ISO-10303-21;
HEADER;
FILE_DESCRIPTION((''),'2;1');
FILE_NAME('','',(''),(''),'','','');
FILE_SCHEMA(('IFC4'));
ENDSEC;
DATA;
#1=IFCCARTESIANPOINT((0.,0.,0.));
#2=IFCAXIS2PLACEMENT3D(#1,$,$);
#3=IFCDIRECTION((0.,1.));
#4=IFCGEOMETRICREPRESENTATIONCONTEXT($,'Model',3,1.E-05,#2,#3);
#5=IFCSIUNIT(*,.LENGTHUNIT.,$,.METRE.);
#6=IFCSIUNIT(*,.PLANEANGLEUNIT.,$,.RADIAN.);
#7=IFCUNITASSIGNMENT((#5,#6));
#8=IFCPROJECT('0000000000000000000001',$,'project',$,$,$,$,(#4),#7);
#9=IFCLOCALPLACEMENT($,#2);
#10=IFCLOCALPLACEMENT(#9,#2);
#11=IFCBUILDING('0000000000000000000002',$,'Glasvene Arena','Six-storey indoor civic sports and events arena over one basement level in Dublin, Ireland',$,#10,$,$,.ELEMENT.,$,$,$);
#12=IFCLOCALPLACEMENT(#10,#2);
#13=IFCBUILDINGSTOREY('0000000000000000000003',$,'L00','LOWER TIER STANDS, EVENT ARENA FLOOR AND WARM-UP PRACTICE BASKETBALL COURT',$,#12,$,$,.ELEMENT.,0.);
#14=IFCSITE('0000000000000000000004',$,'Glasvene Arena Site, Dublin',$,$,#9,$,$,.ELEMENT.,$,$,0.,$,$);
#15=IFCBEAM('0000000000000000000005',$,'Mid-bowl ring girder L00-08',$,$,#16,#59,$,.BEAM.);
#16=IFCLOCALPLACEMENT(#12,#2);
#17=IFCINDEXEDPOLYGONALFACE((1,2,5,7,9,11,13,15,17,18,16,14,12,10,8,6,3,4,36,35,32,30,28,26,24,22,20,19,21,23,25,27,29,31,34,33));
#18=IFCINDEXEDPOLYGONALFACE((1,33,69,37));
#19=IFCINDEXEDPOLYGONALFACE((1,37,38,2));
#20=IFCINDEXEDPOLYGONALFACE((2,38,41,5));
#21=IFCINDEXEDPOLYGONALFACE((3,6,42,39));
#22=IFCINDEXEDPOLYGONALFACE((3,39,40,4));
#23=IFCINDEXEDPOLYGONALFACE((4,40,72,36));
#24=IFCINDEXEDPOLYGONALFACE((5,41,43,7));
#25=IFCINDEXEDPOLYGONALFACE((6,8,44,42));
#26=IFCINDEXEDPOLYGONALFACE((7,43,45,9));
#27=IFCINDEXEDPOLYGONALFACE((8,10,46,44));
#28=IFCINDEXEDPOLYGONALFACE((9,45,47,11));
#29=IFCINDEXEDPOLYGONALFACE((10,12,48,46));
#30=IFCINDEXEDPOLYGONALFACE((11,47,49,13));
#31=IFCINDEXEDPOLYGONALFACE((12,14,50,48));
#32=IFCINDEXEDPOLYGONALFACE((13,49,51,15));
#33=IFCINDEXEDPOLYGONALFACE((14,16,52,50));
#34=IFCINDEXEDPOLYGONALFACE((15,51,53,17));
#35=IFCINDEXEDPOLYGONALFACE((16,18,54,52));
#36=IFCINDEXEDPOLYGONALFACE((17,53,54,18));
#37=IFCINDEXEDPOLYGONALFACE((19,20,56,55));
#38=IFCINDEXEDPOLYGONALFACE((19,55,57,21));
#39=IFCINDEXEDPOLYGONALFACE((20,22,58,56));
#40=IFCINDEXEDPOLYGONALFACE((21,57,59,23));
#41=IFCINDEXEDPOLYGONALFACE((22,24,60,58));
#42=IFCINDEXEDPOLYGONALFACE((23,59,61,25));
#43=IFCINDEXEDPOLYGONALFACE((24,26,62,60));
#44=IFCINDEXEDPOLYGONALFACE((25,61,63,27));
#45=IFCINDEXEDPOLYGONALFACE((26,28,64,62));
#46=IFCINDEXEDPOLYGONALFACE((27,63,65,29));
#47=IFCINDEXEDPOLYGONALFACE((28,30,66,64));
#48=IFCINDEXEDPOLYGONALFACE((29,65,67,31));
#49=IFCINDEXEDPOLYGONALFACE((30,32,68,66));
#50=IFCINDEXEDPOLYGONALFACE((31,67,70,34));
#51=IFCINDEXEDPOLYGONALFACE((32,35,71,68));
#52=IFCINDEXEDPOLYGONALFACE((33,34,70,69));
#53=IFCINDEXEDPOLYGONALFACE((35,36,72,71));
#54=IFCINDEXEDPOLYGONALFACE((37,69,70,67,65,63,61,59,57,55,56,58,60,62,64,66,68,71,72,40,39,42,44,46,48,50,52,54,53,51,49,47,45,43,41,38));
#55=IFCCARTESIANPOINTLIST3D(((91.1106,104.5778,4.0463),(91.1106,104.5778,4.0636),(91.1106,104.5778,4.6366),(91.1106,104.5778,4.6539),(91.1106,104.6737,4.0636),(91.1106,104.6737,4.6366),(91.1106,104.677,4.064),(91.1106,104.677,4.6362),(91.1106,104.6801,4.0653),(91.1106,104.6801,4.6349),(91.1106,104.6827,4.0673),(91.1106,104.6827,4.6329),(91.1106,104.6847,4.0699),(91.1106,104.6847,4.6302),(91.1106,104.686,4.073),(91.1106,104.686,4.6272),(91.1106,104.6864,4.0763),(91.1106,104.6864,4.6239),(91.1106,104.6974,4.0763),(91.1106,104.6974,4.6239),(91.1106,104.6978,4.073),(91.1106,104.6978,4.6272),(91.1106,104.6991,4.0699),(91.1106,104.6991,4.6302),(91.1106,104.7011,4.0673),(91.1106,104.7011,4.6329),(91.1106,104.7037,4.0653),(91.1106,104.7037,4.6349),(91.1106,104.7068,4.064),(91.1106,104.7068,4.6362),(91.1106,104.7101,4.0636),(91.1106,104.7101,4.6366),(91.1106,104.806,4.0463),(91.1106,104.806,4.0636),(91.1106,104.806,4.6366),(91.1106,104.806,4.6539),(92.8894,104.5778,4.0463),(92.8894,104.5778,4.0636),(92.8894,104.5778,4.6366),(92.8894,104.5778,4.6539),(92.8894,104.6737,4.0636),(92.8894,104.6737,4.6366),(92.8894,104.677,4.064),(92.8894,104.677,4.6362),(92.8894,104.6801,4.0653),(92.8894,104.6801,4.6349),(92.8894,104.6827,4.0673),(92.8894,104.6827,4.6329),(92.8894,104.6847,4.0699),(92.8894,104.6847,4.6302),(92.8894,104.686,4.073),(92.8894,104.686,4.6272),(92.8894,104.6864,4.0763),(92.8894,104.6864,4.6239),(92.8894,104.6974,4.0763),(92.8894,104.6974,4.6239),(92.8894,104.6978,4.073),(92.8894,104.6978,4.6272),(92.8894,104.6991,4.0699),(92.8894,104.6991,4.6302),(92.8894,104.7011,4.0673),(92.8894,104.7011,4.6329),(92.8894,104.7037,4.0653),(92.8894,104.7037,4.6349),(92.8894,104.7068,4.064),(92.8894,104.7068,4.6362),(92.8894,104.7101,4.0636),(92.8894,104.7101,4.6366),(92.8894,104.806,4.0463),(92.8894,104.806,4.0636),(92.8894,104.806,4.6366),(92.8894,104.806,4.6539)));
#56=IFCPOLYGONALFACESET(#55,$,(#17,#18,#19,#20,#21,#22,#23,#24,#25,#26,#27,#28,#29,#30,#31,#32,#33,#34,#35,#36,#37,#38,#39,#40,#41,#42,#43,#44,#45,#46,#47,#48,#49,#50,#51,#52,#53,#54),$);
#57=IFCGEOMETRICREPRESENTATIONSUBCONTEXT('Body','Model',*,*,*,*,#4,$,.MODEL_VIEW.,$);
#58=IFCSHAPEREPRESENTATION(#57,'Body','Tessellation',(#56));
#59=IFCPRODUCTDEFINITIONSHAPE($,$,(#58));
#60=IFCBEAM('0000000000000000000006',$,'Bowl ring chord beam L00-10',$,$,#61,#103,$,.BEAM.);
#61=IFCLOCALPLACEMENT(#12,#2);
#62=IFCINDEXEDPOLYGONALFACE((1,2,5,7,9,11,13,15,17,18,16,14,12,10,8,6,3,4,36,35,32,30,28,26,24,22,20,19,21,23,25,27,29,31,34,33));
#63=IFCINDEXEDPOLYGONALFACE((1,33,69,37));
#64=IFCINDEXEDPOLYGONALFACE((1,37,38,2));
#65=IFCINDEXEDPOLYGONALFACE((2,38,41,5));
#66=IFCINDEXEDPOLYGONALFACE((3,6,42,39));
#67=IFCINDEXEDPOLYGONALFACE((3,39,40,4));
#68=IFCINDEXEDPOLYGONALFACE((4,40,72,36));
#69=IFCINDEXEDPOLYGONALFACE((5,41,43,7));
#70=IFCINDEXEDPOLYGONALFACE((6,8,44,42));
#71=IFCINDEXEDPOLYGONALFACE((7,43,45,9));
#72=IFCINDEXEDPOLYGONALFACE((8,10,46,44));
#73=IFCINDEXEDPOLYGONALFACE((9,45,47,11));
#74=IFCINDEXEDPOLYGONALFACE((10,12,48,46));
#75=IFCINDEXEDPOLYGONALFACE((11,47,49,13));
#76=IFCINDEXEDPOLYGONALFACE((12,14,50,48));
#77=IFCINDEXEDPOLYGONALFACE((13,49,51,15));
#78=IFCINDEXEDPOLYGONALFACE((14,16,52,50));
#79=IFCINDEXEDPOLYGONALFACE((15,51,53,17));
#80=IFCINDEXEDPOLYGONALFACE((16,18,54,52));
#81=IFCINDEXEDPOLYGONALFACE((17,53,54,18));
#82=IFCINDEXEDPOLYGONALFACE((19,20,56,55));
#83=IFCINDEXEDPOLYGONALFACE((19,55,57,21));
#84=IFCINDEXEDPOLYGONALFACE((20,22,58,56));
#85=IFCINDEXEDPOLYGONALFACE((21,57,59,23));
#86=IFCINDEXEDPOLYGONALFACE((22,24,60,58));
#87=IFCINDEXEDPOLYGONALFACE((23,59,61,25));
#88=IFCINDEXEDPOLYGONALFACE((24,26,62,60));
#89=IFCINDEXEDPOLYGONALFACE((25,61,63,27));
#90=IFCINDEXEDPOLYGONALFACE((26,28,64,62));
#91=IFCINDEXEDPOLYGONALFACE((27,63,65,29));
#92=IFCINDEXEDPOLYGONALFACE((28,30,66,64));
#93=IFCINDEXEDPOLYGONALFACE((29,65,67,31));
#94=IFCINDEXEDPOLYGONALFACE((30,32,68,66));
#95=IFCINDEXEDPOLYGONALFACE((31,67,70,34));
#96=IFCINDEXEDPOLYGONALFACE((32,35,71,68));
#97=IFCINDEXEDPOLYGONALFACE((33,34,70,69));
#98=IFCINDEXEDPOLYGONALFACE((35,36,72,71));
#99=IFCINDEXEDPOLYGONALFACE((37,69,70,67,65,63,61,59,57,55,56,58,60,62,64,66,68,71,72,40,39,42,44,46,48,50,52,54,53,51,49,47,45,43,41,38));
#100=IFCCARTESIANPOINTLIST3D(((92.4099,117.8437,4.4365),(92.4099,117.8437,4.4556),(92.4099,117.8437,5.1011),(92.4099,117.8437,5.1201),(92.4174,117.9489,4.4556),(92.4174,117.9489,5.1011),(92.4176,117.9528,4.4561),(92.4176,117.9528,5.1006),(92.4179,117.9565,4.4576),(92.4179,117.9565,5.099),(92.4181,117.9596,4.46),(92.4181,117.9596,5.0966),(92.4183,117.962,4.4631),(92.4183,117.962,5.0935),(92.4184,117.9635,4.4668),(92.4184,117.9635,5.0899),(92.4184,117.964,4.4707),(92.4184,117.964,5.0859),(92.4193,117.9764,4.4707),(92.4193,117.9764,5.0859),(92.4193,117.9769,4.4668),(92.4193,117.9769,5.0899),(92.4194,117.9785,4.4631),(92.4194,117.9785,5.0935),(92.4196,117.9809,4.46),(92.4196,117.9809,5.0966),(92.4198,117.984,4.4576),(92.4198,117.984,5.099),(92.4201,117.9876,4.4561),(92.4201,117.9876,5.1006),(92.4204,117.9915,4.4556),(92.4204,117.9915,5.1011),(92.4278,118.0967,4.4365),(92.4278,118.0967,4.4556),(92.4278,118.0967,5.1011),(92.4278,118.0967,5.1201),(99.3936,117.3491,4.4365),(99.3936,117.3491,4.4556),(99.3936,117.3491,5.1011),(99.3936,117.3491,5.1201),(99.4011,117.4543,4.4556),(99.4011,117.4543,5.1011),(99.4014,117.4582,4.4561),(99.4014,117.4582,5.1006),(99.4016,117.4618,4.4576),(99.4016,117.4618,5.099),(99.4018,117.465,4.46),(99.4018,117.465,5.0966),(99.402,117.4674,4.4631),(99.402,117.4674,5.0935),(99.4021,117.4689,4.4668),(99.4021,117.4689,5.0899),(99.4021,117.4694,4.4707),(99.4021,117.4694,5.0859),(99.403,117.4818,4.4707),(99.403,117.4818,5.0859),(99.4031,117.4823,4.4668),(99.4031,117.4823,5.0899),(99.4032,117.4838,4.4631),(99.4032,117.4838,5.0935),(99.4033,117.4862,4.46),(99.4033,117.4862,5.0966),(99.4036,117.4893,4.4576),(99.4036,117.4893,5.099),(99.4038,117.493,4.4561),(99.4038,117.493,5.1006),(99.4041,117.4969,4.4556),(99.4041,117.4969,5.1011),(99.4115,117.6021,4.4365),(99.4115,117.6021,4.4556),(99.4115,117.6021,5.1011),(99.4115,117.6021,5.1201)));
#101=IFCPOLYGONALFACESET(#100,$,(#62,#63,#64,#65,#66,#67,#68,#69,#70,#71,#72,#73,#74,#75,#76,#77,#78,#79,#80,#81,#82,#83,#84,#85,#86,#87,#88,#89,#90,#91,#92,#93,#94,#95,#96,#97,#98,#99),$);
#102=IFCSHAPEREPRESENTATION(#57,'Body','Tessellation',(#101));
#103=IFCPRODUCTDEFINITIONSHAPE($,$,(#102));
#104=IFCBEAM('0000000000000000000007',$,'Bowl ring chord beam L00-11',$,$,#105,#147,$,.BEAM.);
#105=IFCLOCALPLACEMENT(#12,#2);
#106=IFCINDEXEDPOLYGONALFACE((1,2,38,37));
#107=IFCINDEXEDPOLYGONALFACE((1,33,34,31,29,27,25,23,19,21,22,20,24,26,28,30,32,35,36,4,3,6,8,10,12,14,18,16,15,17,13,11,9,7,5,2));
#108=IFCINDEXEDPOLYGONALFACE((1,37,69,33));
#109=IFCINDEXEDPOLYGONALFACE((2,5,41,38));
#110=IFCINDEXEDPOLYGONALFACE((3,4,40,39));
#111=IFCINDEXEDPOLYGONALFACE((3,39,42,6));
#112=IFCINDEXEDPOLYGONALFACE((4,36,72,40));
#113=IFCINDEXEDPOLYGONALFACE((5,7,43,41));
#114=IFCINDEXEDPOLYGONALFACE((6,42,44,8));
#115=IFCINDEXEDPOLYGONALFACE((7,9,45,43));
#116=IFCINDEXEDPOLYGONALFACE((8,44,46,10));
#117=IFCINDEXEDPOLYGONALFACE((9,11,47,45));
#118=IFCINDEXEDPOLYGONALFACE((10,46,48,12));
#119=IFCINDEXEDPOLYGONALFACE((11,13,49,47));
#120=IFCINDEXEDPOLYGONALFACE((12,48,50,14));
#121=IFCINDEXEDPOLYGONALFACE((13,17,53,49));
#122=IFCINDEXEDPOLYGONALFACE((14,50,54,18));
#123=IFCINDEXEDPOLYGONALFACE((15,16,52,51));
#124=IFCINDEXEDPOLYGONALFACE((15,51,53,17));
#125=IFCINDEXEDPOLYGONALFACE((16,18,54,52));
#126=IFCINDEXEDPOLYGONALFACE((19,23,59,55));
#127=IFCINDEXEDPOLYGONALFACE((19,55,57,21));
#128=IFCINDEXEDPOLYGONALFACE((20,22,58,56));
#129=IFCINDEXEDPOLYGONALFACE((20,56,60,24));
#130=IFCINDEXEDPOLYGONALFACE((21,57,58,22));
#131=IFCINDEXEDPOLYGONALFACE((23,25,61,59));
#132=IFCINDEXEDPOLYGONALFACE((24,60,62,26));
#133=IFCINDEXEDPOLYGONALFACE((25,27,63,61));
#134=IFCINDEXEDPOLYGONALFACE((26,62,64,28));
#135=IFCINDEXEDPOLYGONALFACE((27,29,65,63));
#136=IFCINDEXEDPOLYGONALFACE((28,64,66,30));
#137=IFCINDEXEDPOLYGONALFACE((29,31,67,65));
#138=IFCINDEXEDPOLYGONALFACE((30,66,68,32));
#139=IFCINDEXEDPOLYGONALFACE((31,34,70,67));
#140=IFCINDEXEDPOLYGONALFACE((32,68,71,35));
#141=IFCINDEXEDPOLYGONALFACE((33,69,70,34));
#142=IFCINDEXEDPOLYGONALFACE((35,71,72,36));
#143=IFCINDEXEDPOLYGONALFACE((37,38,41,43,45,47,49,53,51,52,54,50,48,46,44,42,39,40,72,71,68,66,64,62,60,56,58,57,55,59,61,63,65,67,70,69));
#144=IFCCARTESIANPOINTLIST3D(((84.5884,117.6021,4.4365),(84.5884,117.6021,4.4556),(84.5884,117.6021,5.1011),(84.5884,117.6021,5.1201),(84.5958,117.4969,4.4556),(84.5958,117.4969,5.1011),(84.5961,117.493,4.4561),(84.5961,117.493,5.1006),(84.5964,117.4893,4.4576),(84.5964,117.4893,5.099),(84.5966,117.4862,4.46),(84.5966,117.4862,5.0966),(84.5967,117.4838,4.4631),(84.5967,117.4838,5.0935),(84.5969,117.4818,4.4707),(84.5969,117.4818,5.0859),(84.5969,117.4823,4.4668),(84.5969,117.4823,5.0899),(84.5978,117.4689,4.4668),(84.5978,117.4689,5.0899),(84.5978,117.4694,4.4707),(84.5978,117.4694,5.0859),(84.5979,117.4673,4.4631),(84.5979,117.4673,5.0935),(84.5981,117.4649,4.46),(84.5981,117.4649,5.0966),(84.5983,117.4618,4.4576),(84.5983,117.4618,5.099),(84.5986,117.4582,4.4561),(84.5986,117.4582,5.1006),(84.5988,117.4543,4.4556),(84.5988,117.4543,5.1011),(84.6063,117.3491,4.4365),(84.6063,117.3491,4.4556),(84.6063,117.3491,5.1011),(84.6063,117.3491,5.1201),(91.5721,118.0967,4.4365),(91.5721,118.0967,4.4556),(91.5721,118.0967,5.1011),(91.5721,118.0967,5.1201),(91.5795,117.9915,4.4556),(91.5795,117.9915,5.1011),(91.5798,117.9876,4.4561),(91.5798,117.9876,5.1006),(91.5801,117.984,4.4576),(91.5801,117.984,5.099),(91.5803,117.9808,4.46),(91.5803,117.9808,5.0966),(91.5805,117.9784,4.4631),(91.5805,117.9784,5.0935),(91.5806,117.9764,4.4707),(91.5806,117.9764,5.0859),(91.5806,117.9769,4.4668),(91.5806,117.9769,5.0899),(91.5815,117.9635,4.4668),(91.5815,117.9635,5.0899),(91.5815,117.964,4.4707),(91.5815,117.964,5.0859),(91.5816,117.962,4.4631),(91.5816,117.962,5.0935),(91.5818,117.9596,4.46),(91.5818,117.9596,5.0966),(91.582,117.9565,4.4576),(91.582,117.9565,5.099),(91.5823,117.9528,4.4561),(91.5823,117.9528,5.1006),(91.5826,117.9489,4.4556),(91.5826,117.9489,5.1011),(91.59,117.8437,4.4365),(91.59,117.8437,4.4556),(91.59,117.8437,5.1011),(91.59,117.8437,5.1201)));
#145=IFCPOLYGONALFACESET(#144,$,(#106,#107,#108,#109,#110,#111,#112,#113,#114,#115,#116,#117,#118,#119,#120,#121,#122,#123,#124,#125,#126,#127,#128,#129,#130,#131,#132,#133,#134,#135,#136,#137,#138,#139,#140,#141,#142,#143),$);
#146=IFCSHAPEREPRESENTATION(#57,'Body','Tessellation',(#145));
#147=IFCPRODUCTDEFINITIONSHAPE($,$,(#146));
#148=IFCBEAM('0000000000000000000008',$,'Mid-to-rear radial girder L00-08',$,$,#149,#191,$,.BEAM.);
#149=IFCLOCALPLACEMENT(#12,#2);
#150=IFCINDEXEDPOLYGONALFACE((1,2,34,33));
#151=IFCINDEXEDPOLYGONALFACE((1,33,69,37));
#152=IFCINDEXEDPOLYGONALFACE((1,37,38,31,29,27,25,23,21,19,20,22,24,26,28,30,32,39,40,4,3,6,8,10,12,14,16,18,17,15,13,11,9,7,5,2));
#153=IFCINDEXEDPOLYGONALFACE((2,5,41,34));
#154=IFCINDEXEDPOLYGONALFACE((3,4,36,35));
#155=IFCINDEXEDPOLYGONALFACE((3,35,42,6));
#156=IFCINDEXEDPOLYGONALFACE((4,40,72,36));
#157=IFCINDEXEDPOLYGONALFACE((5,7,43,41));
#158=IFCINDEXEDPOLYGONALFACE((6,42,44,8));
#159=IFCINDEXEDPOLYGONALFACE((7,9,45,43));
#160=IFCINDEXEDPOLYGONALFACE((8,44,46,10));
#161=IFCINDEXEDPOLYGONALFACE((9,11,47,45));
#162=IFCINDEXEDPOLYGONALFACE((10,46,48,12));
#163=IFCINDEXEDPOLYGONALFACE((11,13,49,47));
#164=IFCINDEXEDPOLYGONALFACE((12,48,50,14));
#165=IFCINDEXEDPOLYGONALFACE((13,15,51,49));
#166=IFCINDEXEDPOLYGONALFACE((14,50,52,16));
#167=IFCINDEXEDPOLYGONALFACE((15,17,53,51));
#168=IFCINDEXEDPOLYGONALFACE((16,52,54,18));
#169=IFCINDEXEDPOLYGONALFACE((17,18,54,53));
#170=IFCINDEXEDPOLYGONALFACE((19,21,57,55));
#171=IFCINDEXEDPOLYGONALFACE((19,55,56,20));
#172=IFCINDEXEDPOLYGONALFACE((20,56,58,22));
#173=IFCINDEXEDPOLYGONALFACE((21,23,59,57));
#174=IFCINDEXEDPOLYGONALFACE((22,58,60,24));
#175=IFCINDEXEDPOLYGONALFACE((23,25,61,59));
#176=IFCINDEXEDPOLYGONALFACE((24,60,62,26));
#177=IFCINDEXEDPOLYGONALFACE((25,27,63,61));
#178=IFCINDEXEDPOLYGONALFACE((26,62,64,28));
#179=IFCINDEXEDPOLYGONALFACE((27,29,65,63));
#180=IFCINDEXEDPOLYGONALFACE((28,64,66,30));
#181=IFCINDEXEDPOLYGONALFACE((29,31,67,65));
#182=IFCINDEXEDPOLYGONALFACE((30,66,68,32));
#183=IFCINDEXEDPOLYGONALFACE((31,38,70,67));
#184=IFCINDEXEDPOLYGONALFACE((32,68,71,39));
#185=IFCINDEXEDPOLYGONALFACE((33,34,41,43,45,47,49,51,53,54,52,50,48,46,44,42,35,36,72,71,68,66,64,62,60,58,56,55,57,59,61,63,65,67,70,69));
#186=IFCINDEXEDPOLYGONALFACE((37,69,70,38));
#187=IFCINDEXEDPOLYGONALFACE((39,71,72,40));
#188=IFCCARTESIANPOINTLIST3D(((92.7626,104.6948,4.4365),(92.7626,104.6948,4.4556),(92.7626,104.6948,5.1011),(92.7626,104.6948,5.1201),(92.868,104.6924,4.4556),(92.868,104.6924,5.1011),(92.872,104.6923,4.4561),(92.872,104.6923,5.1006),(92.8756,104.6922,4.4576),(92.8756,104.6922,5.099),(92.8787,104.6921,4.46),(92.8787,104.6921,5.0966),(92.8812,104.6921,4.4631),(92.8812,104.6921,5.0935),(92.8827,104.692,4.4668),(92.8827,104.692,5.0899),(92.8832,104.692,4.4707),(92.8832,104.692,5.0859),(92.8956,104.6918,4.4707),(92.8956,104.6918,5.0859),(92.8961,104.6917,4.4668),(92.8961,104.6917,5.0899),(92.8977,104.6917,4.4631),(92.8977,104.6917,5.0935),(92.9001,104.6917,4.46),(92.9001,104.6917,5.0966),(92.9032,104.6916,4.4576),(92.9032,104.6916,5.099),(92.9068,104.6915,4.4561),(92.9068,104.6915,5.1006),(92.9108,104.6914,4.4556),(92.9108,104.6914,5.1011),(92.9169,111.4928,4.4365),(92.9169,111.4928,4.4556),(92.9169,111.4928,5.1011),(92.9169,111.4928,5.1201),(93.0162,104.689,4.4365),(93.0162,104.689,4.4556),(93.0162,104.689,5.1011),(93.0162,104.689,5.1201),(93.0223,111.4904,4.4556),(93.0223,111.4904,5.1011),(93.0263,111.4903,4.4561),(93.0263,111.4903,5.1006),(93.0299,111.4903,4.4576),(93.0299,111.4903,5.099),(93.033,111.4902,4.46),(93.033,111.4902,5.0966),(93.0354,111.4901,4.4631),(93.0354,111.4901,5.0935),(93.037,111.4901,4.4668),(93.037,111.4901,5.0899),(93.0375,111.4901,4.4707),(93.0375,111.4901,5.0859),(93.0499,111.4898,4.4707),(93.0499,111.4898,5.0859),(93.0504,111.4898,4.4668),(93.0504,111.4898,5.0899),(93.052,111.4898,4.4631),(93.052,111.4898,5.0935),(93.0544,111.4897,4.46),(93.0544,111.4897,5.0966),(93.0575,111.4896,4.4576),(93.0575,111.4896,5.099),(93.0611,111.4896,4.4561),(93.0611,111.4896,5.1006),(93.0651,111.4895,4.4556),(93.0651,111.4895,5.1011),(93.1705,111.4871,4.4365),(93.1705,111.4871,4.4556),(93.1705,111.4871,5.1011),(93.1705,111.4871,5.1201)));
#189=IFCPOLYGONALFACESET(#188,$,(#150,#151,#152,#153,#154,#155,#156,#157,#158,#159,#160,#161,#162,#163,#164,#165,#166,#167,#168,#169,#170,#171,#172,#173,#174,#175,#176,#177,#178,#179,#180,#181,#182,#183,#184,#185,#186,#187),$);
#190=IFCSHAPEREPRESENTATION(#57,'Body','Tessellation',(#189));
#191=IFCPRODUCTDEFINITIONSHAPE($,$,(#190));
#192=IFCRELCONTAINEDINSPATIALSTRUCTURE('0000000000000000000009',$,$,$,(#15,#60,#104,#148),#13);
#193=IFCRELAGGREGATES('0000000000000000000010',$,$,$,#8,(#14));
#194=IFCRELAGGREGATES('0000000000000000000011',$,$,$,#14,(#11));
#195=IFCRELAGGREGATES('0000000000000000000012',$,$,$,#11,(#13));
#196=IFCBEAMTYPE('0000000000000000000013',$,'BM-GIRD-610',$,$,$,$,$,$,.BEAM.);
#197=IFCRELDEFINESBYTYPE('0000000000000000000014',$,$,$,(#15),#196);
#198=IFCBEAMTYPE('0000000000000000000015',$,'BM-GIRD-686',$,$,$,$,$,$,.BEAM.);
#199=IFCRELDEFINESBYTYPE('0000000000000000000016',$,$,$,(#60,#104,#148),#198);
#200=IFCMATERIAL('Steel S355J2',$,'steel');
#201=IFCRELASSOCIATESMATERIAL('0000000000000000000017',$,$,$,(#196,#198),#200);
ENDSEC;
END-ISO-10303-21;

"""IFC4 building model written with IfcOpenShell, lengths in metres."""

from ifc_helpers import new_model, si_unit, direction, frame, origin, origin_2d, place, context, subcontext, project, spatial, i_section, extrude, material, material_profile, profile_set, type_object, element, save


model = new_model("IFC4")

# Units and contexts
model_context = context("Model", 3, precision=1e-05, world=origin(), true_north=direction((0.0, 1.0)))
body_context = subcontext(model_context, "Body", "Model", "MODEL_VIEW")
ifc_project = project(units=[si_unit("LENGTHUNIT", "METRE"), si_unit("PLANEANGLEUNIT", "RADIAN")], contexts=[model_context])

# Site, building, storey
site_placement = place(None, origin())
site = spatial("IfcSite", under=ifc_project, at=site_placement, Name="Glasvene Arena Site, Dublin", CompositionType="ELEMENT", RefElevation=0.0)
building_placement = place(site_placement, origin())
building = spatial("IfcBuilding", under=site, at=building_placement, Name="Glasvene Arena", Description="Six-storey indoor civic sports and events arena over one basement level in Dublin, Ireland", CompositionType="ELEMENT")
storey_placement = place(building_placement, origin())
storey = spatial("IfcBuildingStorey", under=building, at=storey_placement, Name="L00", Description="LOWER TIER STANDS, EVENT ARENA FLOOR AND WARM-UP PRACTICE BASKETBALL COURT", CompositionType="ELEMENT", Elevation=0.0)

# Shared definitions
ifc_material_1 = material(Name="Steel S355J2", Category="steel")

# Beams
ifc_material_profile_1 = material_profile(ifc_material_1, i_section(OverallWidth=0.2283, OverallDepth=0.6077, WebThickness=0.011, FlangeThickness=0.0173, FilletRadius=0.0127, at=origin_2d()), Name="UKB 610x229x113")
ifc_profile_set_1 = profile_set([ifc_material_profile_1], Name="Steel S355J2")
beam_type_1 = type_object("IfcBeamType", Name="BM-GIRD-610", PredefinedType="BEAM", material=ifc_profile_set_1)
beam_1_placement = place(storey_placement, frame((92.8894, 104.6919, 4.3501), z_axis=(-1.0, 0.0, 0.0), x_axis=(0.0, -1.0, 0.0)))
element("IfcBeam", 1, at=beam_1_placement, inside=storey, type_object=beam_type_1, Name="Mid-bowl ring girder L00-08", PredefinedType="BEAM", context=body_context, shape_type="SweptSolid", body=[
    extrude(i_section(OverallWidth=0.2283, OverallDepth=0.6077, WebThickness=0.011, FlangeThickness=0.0173, FilletRadius=0.0127, at=origin_2d()), origin(), (0.0, 0.0, 1.0), 1.7788),
])
ifc_material_profile_2 = material_profile(ifc_material_1, i_section(OverallWidth=0.2537, OverallDepth=0.6836, WebThickness=0.0125, FlangeThickness=0.019, FilletRadius=0.0151, at=origin_2d()), Name="UKB 686x254x140")
ifc_profile_set_2 = profile_set([ifc_material_profile_2], Name="Steel S355J2")
beam_type_2 = type_object("IfcBeamType", Name="BM-GIRD-686", PredefinedType="BEAM", material=ifc_profile_set_2)
for number, where, z_axis, x_axis, name in (
    (2, (99.4026, 117.4756, 4.7783), (-0.997501, 0.07065, 0.0), (-0.07065, -0.997501, 0.0), "Bowl ring chord beam L00-10"),
    (3, (91.5811, 117.9702, 4.7783), (-0.997501, -0.07065, 0.0), (0.07065, -0.997501, 0.0), "Bowl ring chord beam L00-11"),
):
    element("IfcBeam", number, at=place(storey_placement, frame(where, z_axis=z_axis, x_axis=x_axis)), inside=storey, type_object=beam_type_2, Name=name, PredefinedType="BEAM", context=body_context, shape_type="SweptSolid", body=[
        extrude(i_section(OverallWidth=0.2537, OverallDepth=0.6836, WebThickness=0.0125, FlangeThickness=0.019, FilletRadius=0.0151, at=origin_2d()), origin(), (0.0, 0.0, 1.0), 7.0012),
    ])
beam_2_placement = place(storey_placement, frame((92.8894, 104.6919, 4.7783), z_axis=(0.022691, 0.999743, 0.0), x_axis=(-0.999743, 0.022691, 0.0)))
element("IfcBeam", 4, at=beam_2_placement, inside=storey, type_object=beam_type_2, Name="Mid-to-rear radial girder L00-08", PredefinedType="BEAM", context=body_context, shape_type="SweptSolid", body=[
    extrude(i_section(OverallWidth=0.2537, OverallDepth=0.6836, WebThickness=0.0125, FlangeThickness=0.019, FilletRadius=0.0151, at=origin_2d()), origin(), (0.0, 0.0, 1.0), 6.7998),
])

save(model, "model.ifc")
